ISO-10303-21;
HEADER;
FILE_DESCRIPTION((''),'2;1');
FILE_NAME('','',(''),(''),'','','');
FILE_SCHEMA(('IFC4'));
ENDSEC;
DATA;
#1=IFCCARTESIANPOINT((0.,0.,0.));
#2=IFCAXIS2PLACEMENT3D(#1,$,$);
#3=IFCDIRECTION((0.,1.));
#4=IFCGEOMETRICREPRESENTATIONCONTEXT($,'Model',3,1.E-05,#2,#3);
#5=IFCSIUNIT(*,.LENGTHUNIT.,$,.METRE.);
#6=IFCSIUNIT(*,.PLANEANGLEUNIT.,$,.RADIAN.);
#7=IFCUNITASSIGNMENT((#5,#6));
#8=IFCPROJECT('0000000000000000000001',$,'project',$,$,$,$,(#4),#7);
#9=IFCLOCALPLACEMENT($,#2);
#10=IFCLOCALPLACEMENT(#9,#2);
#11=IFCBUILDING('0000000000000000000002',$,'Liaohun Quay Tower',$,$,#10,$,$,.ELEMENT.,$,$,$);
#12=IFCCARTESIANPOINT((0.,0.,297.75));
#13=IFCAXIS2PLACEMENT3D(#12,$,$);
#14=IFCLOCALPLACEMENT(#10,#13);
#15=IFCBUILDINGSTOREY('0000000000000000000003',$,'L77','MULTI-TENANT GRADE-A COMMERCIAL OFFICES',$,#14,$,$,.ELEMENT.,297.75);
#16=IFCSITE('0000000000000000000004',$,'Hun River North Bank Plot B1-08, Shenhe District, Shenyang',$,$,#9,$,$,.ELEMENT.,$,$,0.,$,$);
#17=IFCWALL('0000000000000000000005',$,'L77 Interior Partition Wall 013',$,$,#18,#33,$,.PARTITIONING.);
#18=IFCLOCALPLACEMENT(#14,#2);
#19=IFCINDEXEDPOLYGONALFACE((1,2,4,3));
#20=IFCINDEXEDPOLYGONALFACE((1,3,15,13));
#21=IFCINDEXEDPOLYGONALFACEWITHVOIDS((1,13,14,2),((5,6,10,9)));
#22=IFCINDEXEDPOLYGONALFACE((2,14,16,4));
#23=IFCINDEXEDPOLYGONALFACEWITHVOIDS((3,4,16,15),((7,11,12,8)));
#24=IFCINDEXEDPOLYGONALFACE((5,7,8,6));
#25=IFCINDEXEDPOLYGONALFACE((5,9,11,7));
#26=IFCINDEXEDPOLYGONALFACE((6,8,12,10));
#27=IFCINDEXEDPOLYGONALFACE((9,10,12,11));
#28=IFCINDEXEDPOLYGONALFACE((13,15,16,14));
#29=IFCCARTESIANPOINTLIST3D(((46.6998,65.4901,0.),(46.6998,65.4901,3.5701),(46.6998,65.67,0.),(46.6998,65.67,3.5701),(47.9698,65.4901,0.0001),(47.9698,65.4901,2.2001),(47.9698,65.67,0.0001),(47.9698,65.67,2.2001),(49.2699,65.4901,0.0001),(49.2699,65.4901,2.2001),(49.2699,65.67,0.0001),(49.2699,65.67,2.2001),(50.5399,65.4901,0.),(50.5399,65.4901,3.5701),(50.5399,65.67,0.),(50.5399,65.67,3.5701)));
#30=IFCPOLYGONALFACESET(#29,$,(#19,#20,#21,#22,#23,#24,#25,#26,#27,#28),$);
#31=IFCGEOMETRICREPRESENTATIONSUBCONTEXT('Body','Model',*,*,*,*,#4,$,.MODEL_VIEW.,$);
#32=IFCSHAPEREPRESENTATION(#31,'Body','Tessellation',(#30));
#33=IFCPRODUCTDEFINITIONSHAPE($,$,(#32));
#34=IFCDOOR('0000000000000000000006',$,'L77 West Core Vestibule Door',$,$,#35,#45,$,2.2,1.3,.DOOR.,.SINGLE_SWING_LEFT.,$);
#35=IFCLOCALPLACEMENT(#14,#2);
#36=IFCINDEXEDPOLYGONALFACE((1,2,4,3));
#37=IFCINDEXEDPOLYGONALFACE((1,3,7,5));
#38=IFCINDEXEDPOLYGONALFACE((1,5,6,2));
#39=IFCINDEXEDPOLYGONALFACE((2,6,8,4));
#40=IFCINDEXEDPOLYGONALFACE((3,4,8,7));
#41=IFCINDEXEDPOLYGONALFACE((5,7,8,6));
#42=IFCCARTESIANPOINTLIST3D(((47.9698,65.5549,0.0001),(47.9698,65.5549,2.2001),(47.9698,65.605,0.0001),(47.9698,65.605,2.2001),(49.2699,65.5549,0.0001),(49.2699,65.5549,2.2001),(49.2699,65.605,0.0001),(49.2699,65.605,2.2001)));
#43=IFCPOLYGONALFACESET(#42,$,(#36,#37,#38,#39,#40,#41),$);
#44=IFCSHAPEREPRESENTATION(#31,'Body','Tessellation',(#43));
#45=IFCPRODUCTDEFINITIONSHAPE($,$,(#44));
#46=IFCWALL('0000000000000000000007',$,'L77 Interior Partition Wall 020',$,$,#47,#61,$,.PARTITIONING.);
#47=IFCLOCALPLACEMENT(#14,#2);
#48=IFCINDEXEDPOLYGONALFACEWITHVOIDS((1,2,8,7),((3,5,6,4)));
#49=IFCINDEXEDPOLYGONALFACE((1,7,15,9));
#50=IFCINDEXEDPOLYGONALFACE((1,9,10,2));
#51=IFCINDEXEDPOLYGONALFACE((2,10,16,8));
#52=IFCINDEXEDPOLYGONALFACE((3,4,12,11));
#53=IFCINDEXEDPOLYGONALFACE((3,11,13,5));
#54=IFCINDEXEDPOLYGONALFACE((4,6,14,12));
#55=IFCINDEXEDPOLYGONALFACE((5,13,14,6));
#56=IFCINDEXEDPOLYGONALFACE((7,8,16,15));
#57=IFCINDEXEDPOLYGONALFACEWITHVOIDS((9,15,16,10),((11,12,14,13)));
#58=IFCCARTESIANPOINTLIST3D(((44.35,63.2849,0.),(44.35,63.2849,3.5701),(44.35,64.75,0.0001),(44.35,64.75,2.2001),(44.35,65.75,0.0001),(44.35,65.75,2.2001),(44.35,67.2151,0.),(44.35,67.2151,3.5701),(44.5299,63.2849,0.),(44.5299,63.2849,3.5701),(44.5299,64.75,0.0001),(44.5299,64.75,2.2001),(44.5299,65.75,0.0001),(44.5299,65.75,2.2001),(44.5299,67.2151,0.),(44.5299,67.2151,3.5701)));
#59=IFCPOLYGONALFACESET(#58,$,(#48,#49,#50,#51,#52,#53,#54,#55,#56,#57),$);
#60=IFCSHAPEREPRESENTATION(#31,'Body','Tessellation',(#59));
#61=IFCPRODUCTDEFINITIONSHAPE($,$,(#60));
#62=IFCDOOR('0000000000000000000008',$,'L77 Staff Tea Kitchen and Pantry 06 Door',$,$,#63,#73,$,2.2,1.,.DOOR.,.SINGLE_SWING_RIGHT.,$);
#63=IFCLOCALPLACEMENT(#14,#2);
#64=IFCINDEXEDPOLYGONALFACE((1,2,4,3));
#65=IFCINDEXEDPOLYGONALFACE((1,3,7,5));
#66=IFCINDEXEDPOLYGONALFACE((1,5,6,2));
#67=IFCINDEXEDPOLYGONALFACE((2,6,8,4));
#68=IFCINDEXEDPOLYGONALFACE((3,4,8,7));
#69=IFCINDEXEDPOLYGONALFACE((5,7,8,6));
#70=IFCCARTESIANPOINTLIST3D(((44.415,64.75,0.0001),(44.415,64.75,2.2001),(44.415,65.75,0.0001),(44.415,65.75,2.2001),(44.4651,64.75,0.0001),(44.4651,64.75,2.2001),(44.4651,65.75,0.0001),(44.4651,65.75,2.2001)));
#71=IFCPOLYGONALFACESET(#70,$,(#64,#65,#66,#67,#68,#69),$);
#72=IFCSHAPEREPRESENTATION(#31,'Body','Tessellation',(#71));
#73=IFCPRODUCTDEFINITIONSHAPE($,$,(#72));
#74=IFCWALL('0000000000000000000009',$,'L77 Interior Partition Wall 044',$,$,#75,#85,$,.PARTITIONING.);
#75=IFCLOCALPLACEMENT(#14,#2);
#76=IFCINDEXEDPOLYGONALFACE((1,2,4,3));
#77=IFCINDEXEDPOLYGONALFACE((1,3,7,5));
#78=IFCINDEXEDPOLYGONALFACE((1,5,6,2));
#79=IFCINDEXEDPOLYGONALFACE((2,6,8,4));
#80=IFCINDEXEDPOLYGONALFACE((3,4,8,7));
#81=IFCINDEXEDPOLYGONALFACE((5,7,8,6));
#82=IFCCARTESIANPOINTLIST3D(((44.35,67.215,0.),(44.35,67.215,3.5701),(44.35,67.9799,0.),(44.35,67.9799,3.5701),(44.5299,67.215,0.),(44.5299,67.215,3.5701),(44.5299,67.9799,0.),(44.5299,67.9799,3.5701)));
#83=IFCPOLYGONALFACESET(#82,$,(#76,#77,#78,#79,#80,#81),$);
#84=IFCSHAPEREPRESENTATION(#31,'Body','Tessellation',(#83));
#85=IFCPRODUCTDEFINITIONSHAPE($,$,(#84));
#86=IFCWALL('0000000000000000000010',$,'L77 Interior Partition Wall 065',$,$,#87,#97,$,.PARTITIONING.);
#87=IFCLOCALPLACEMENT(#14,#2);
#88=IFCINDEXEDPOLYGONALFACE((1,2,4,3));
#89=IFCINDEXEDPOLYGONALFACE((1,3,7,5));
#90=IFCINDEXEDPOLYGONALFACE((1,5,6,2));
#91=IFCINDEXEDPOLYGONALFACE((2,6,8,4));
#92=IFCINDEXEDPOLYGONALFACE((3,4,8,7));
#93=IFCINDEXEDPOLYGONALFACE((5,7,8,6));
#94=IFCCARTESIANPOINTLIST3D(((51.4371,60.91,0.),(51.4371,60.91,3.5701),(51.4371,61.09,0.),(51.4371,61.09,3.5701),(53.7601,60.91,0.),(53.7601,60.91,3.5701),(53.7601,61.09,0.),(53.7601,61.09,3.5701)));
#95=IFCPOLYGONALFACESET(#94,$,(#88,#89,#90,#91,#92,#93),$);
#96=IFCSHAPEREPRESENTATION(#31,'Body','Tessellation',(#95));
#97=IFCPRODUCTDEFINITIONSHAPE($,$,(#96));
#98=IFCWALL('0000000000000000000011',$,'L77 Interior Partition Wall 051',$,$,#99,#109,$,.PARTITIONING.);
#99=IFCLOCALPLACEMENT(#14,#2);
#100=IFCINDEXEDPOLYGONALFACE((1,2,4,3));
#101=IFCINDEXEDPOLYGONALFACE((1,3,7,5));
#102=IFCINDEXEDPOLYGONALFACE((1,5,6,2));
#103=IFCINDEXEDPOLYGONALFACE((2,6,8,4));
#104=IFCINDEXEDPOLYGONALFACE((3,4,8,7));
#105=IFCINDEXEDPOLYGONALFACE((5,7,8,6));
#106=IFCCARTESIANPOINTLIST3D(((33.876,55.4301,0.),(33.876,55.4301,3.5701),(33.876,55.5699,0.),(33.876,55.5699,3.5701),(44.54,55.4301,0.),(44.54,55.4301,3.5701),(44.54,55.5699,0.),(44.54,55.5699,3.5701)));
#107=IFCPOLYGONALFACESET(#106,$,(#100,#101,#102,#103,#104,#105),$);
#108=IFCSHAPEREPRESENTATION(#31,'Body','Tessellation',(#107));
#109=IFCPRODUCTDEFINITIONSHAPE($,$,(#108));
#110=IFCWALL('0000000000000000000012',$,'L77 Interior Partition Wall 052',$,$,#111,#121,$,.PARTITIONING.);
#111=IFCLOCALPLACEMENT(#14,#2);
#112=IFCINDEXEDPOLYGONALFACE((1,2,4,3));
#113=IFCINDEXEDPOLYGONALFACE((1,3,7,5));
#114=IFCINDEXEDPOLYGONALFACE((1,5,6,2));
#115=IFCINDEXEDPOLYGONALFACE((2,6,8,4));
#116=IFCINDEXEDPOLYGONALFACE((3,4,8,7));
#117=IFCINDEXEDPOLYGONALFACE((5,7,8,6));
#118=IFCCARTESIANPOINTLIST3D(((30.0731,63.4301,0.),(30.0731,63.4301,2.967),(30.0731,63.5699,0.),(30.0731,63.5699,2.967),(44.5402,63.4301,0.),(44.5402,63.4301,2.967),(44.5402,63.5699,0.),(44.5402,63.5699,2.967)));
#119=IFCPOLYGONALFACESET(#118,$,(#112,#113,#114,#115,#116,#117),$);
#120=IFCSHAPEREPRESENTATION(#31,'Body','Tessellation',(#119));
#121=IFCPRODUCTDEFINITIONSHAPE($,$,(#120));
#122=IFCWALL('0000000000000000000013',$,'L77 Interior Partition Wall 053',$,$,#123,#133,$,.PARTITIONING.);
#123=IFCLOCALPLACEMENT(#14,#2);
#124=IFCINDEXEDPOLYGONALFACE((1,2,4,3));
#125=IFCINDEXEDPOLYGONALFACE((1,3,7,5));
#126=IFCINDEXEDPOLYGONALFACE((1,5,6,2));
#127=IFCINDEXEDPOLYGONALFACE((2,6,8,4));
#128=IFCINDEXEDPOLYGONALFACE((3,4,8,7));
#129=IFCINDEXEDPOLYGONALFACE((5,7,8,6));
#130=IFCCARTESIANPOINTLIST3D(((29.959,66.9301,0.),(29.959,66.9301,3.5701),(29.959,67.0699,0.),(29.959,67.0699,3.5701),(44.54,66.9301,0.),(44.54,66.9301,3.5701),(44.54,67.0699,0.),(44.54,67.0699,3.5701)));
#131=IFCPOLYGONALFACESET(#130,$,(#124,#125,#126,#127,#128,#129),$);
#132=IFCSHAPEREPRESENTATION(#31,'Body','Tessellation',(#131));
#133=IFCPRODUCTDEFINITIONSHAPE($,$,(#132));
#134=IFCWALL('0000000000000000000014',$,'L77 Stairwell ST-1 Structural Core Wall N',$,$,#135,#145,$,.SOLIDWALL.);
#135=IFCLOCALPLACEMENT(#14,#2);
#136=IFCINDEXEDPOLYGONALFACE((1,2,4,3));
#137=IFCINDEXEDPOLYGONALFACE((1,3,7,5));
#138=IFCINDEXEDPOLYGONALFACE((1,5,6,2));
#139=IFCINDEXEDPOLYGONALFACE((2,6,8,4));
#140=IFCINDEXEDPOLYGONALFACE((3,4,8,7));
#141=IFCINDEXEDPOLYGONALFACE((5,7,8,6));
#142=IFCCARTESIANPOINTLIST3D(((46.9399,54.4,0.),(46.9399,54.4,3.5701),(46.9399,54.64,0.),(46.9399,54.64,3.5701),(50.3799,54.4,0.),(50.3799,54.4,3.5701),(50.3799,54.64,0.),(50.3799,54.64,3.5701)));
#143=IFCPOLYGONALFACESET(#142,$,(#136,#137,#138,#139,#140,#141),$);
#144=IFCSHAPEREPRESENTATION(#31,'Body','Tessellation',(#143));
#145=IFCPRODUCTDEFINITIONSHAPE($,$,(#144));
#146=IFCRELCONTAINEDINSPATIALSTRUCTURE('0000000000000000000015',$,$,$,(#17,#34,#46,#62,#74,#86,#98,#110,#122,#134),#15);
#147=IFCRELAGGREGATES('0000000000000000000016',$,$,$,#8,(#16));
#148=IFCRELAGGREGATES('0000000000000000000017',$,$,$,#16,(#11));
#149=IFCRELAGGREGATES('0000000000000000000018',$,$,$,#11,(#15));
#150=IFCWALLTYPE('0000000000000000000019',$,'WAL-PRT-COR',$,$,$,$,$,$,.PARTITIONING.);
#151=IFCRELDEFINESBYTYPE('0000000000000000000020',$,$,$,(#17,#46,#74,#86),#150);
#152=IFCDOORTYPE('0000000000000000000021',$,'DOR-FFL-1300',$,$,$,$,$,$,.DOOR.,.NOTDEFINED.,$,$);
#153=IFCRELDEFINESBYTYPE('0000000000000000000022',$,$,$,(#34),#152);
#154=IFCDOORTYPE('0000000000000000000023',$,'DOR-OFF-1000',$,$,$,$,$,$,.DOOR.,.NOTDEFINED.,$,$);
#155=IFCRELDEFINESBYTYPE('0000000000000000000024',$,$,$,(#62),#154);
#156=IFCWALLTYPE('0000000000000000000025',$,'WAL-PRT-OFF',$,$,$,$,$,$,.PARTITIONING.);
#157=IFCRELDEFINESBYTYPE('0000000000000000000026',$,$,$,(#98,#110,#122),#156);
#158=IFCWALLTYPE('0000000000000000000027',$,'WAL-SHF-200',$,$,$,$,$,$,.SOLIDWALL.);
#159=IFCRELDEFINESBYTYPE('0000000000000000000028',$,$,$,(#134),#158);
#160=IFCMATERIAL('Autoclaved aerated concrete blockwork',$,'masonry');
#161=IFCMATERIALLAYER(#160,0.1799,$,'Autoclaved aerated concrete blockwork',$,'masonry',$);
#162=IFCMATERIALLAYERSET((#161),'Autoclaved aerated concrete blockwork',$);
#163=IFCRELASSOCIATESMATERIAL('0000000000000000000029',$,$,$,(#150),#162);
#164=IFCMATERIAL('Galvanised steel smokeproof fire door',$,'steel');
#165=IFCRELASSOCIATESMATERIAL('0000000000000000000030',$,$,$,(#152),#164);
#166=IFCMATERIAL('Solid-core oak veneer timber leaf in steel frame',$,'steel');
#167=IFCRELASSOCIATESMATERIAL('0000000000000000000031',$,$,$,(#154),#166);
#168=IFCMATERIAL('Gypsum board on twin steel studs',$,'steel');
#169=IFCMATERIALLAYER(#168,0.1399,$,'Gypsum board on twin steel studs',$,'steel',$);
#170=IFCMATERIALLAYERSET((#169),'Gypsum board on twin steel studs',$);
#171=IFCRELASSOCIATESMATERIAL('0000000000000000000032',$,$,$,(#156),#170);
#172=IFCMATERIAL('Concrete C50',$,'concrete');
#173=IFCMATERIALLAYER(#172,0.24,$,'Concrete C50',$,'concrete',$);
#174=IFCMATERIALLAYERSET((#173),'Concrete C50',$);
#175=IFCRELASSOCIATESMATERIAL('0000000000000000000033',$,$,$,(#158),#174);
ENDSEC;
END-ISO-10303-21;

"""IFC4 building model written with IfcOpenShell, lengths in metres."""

from ifc_helpers import new_model, si_unit, direction, frame, frame_2d, origin, place, context, subcontext, project, spatial, rectangle, extrude, source, transform, mapped, material, layer, layer_set, type_object, element, fill, save


model = new_model("IFC4")

# Units and contexts
model_context = context("Model", 3, precision=1e-05, world=origin(), true_north=direction((0.0, 1.0)))
body_context = subcontext(model_context, "Body", "Model", "MODEL_VIEW")
ifc_project = project(units=[si_unit("LENGTHUNIT", "METRE"), si_unit("PLANEANGLEUNIT", "RADIAN")], contexts=[model_context])

# Site, building, storey
site_placement = place(None, origin())
site = spatial("IfcSite", under=ifc_project, at=site_placement, Name="Hun River North Bank Plot B1-08, Shenhe District, Shenyang", CompositionType="ELEMENT", RefElevation=0.0)
building_placement = place(site_placement, origin())
building = spatial("IfcBuilding", under=site, at=building_placement, Name="Liaohun Quay Tower", CompositionType="ELEMENT")
storey_placement = place(building_placement, frame((0.0, 0.0, 297.75)))
storey = spatial("IfcBuildingStorey", under=building, at=storey_placement, Name="L77", Description="MULTI-TENANT GRADE-A COMMERCIAL OFFICES", CompositionType="ELEMENT", Elevation=297.75)

# Shared definitions
ifc_material_1 = material(Name="Concrete C50", Category="concrete")

# Walls, openings, doors
ifc_material_2 = material(Name="Autoclaved aerated concrete blockwork", Category="masonry")
ifc_layer_1 = layer(ifc_material_2, 0.1799, Name="Autoclaved aerated concrete blockwork", Category="masonry")
ifc_layer_set_1 = layer_set([ifc_layer_1], Name="Autoclaved aerated concrete blockwork")
wall_type_1 = type_object("IfcWallType", Name="WAL-PRT-COR", PredefinedType="PARTITIONING", material=ifc_layer_set_1)
wall_1_placement = place(storey_placement, frame((46.7, 65.5801, 0.0), z_axis=(0.0, 0.0, 1.0), x_axis=(1.0, 0.0, 0.0)))
wall_1 = element("IfcWall", 1, at=wall_1_placement, inside=storey, type_object=wall_type_1, Name="L77 Interior Partition Wall 013", PredefinedType="PARTITIONING", context=body_context, shape_type="SweptSolid", body=[
    extrude(rectangle(XDim=3.8401, YDim=0.1799, at=frame_2d((1.9199, 0.0))), origin(), (0.0, 0.0, 1.0), 3.5701),
])
shared_shape_1 = source(origin(), body_context, "Body", "SweptSolid", [
    extrude(rectangle(XDim=1.3, YDim=2.2, at=frame_2d((0.6499, 1.1001))), frame((0.0, 0.0999, 0.0), z_axis=(0.0, -1.0, 0.0), x_axis=(1.0, 0.0, 0.0)), (0.0, 0.0, 1.0), 0.2),
])
opening_1_placement = place(wall_1_placement, frame((1.27, 0.0, 0.0)))
opening_1 = element("IfcOpeningElement", 2, at=opening_1_placement, cuts=wall_1, PredefinedType="OPENING", context=body_context, shape_type="MappedRepresentation", body=[
    mapped(shared_shape_1, transform((0.0, 0.0, 0.0), x_axis=(1.0, 0.0, 0.0), y_axis=(0.0, 1.0, 0.0), z_axis=(0.0, 0.0, 1.0), scale=1.0)),
])
ifc_material_3 = material(Name="Galvanised steel smokeproof fire door", Category="steel")
door_type_1 = type_object("IfcDoorType", Name="DOR-FFL-1300", OperationType="NOTDEFINED", PredefinedType="DOOR", material=ifc_material_3)
shared_shape_2 = source(origin(), body_context, "Body", "SweptSolid", [
    extrude(rectangle(XDim=1.3, YDim=2.2, at=frame_2d((0.6499, 1.1001))), frame((0.0, 0.0249, 0.0), z_axis=(0.0, -1.0, 0.0), x_axis=(1.0, 0.0, 0.0)), (0.0, 0.0, 1.0), 0.05),
])
door_1_placement = place(opening_1_placement, origin())
door_1 = element("IfcDoor", 3, at=door_1_placement, inside=storey, type_object=door_type_1, Name="L77 West Core Vestibule Door", OperationType="SINGLE_SWING_LEFT", OverallHeight=2.2, OverallWidth=1.3, PredefinedType="DOOR", context=body_context, shape_type="MappedRepresentation", body=[
    mapped(shared_shape_2, transform((0.0, 0.0, 0.0), x_axis=(1.0, 0.0, 0.0), y_axis=(0.0, 1.0, 0.0), z_axis=(0.0, 0.0, 1.0), scale=1.0)),
])
fill(opening_1, door_1)
wall_2_placement = place(storey_placement, frame((44.4399, 63.2849, 0.0), z_axis=(0.0, 0.0, 1.0), x_axis=(0.0, 1.0, 0.0)))
wall_2 = element("IfcWall", 4, at=wall_2_placement, inside=storey, type_object=wall_type_1, Name="L77 Interior Partition Wall 020", PredefinedType="PARTITIONING", context=body_context, shape_type="SweptSolid", body=[
    extrude(rectangle(XDim=3.9302, YDim=0.1799, at=frame_2d((1.9651, 0.0))), origin(), (0.0, 0.0, 1.0), 3.5701),
])
shared_shape_3 = source(origin(), body_context, "Body", "SweptSolid", [
    extrude(rectangle(XDim=1.0, YDim=2.2, at=frame_2d((0.5, 1.1001))), frame((0.0, 0.0999, 0.0), z_axis=(0.0, -1.0, 0.0), x_axis=(1.0, 0.0, 0.0)), (0.0, 0.0, 1.0), 0.2),
])
opening_2_placement = place(wall_2_placement, frame((1.4651, 0.0, 0.0)))
opening_2 = element("IfcOpeningElement", 5, at=opening_2_placement, cuts=wall_2, PredefinedType="OPENING", context=body_context, shape_type="MappedRepresentation", body=[
    mapped(shared_shape_3, transform((0.0, 0.0, 0.0), x_axis=(1.0, 0.0, 0.0), y_axis=(0.0, 1.0, 0.0), z_axis=(0.0, 0.0, 1.0), scale=1.0)),
])
ifc_material_4 = material(Name="Solid-core oak veneer timber leaf in steel frame", Category="steel")
door_type_2 = type_object("IfcDoorType", Name="DOR-OFF-1000", OperationType="NOTDEFINED", PredefinedType="DOOR", material=ifc_material_4)
shared_shape_4 = source(origin(), body_context, "Body", "SweptSolid", [
    extrude(rectangle(XDim=1.0, YDim=2.2, at=frame_2d((0.5, 1.1001))), frame((0.0, 0.0249, 0.0), z_axis=(0.0, -1.0, 0.0), x_axis=(1.0, 0.0, 0.0)), (0.0, 0.0, 1.0), 0.05),
])
door_2_placement = place(opening_2_placement, origin())
door_2 = element("IfcDoor", 6, at=door_2_placement, inside=storey, type_object=door_type_2, Name="L77 Staff Tea Kitchen and Pantry 06 Door", OperationType="SINGLE_SWING_RIGHT", OverallHeight=2.2, OverallWidth=1.0, PredefinedType="DOOR", context=body_context, shape_type="MappedRepresentation", body=[
    mapped(shared_shape_4, transform((0.0, 0.0, 0.0), x_axis=(1.0, 0.0, 0.0), y_axis=(0.0, 1.0, 0.0), z_axis=(0.0, 0.0, 1.0), scale=1.0)),
])
fill(opening_2, door_2)

# Walls
wall_3_placement = place(storey_placement, frame((44.4399, 67.2151, 0.0), z_axis=(0.0, 0.0, 1.0), x_axis=(0.0, 1.0, 0.0)))
element("IfcWall", 7, at=wall_3_placement, inside=storey, type_object=wall_type_1, Name="L77 Interior Partition Wall 044", PredefinedType="PARTITIONING", context=body_context, shape_type="SweptSolid", body=[
    extrude(rectangle(XDim=0.7649, YDim=0.1799, at=frame_2d((0.3823, 0.0))), origin(), (0.0, 0.0, 1.0), 3.5701),
])
wall_4_placement = place(storey_placement, frame((51.437, 61.0, 0.0), z_axis=(0.0, 0.0, 1.0), x_axis=(1.0, 0.0, 0.0)))
element("IfcWall", 8, at=wall_4_placement, inside=storey, type_object=wall_type_1, Name="L77 Interior Partition Wall 065", PredefinedType="PARTITIONING", context=body_context, shape_type="SweptSolid", body=[
    extrude(rectangle(XDim=2.323, YDim=0.1799, at=frame_2d((1.1616, 0.0))), origin(), (0.0, 0.0, 1.0), 3.5701),
])
ifc_material_5 = material(Name="Gypsum board on twin steel studs", Category="steel")
ifc_layer_2 = layer(ifc_material_5, 0.1399, Name="Gypsum board on twin steel studs", Category="steel")
ifc_layer_set_2 = layer_set([ifc_layer_2], Name="Gypsum board on twin steel studs")
wall_type_2 = type_object("IfcWallType", Name="WAL-PRT-OFF", PredefinedType="PARTITIONING", material=ifc_layer_set_2)
wall_5_placement = place(storey_placement, frame((44.54, 55.5, 0.0), z_axis=(0.0, 0.0, 1.0), x_axis=(-1.0, 0.0, 0.0)))
element("IfcWall", 9, at=wall_5_placement, inside=storey, type_object=wall_type_2, Name="L77 Interior Partition Wall 051", PredefinedType="PARTITIONING", context=body_context, shape_type="SweptSolid", body=[
    extrude(rectangle(XDim=10.6641, YDim=0.1399, at=frame_2d((5.332, 0.0))), origin(), (0.0, 0.0, 1.0), 3.5701),
])
wall_6_placement = place(storey_placement, frame((44.54, 63.5, 0.0), z_axis=(0.0, 0.0, 1.0), x_axis=(-1.0, 0.0, 0.0)))
element("IfcWall", 10, at=wall_6_placement, inside=storey, type_object=wall_type_2, Name="L77 Interior Partition Wall 052", PredefinedType="PARTITIONING", context=body_context, shape_type="SweptSolid", body=[
    extrude(rectangle(XDim=14.467, YDim=0.1399, at=frame_2d((7.2334, 0.0))), origin(), (0.0, 0.0, 1.0), 2.967),
])
wall_7_placement = place(storey_placement, frame((44.54, 67.0, 0.0), z_axis=(0.0, 0.0, 1.0), x_axis=(-1.0, 0.0, 0.0)))
element("IfcWall", 11, at=wall_7_placement, inside=storey, type_object=wall_type_2, Name="L77 Interior Partition Wall 053", PredefinedType="PARTITIONING", context=body_context, shape_type="SweptSolid", body=[
    extrude(rectangle(XDim=14.5811, YDim=0.1399, at=frame_2d((7.2905, 0.0))), origin(), (0.0, 0.0, 1.0), 3.5701),
])
ifc_layer_3 = layer(ifc_material_1, 0.24, Name="Concrete C50", Category="concrete")
ifc_layer_set_3 = layer_set([ifc_layer_3], Name="Concrete C50")
wall_type_3 = type_object("IfcWallType", Name="WAL-SHF-200", PredefinedType="SOLIDWALL", material=ifc_layer_set_3)
wall_8_placement = place(storey_placement, frame((50.3799, 54.52, 0.0), z_axis=(0.0, 0.0, 1.0), x_axis=(-1.0, 0.0, 0.0)))
element("IfcWall", 12, at=wall_8_placement, inside=storey, type_object=wall_type_3, Name="L77 Stairwell ST-1 Structural Core Wall N", PredefinedType="SOLIDWALL", context=body_context, shape_type="SweptSolid", body=[
    extrude(rectangle(XDim=3.4399, YDim=0.24, at=frame_2d((1.72, 0.0))), origin(), (0.0, 0.0, 1.0), 3.5701),
])

save(model, "model.ifc")
